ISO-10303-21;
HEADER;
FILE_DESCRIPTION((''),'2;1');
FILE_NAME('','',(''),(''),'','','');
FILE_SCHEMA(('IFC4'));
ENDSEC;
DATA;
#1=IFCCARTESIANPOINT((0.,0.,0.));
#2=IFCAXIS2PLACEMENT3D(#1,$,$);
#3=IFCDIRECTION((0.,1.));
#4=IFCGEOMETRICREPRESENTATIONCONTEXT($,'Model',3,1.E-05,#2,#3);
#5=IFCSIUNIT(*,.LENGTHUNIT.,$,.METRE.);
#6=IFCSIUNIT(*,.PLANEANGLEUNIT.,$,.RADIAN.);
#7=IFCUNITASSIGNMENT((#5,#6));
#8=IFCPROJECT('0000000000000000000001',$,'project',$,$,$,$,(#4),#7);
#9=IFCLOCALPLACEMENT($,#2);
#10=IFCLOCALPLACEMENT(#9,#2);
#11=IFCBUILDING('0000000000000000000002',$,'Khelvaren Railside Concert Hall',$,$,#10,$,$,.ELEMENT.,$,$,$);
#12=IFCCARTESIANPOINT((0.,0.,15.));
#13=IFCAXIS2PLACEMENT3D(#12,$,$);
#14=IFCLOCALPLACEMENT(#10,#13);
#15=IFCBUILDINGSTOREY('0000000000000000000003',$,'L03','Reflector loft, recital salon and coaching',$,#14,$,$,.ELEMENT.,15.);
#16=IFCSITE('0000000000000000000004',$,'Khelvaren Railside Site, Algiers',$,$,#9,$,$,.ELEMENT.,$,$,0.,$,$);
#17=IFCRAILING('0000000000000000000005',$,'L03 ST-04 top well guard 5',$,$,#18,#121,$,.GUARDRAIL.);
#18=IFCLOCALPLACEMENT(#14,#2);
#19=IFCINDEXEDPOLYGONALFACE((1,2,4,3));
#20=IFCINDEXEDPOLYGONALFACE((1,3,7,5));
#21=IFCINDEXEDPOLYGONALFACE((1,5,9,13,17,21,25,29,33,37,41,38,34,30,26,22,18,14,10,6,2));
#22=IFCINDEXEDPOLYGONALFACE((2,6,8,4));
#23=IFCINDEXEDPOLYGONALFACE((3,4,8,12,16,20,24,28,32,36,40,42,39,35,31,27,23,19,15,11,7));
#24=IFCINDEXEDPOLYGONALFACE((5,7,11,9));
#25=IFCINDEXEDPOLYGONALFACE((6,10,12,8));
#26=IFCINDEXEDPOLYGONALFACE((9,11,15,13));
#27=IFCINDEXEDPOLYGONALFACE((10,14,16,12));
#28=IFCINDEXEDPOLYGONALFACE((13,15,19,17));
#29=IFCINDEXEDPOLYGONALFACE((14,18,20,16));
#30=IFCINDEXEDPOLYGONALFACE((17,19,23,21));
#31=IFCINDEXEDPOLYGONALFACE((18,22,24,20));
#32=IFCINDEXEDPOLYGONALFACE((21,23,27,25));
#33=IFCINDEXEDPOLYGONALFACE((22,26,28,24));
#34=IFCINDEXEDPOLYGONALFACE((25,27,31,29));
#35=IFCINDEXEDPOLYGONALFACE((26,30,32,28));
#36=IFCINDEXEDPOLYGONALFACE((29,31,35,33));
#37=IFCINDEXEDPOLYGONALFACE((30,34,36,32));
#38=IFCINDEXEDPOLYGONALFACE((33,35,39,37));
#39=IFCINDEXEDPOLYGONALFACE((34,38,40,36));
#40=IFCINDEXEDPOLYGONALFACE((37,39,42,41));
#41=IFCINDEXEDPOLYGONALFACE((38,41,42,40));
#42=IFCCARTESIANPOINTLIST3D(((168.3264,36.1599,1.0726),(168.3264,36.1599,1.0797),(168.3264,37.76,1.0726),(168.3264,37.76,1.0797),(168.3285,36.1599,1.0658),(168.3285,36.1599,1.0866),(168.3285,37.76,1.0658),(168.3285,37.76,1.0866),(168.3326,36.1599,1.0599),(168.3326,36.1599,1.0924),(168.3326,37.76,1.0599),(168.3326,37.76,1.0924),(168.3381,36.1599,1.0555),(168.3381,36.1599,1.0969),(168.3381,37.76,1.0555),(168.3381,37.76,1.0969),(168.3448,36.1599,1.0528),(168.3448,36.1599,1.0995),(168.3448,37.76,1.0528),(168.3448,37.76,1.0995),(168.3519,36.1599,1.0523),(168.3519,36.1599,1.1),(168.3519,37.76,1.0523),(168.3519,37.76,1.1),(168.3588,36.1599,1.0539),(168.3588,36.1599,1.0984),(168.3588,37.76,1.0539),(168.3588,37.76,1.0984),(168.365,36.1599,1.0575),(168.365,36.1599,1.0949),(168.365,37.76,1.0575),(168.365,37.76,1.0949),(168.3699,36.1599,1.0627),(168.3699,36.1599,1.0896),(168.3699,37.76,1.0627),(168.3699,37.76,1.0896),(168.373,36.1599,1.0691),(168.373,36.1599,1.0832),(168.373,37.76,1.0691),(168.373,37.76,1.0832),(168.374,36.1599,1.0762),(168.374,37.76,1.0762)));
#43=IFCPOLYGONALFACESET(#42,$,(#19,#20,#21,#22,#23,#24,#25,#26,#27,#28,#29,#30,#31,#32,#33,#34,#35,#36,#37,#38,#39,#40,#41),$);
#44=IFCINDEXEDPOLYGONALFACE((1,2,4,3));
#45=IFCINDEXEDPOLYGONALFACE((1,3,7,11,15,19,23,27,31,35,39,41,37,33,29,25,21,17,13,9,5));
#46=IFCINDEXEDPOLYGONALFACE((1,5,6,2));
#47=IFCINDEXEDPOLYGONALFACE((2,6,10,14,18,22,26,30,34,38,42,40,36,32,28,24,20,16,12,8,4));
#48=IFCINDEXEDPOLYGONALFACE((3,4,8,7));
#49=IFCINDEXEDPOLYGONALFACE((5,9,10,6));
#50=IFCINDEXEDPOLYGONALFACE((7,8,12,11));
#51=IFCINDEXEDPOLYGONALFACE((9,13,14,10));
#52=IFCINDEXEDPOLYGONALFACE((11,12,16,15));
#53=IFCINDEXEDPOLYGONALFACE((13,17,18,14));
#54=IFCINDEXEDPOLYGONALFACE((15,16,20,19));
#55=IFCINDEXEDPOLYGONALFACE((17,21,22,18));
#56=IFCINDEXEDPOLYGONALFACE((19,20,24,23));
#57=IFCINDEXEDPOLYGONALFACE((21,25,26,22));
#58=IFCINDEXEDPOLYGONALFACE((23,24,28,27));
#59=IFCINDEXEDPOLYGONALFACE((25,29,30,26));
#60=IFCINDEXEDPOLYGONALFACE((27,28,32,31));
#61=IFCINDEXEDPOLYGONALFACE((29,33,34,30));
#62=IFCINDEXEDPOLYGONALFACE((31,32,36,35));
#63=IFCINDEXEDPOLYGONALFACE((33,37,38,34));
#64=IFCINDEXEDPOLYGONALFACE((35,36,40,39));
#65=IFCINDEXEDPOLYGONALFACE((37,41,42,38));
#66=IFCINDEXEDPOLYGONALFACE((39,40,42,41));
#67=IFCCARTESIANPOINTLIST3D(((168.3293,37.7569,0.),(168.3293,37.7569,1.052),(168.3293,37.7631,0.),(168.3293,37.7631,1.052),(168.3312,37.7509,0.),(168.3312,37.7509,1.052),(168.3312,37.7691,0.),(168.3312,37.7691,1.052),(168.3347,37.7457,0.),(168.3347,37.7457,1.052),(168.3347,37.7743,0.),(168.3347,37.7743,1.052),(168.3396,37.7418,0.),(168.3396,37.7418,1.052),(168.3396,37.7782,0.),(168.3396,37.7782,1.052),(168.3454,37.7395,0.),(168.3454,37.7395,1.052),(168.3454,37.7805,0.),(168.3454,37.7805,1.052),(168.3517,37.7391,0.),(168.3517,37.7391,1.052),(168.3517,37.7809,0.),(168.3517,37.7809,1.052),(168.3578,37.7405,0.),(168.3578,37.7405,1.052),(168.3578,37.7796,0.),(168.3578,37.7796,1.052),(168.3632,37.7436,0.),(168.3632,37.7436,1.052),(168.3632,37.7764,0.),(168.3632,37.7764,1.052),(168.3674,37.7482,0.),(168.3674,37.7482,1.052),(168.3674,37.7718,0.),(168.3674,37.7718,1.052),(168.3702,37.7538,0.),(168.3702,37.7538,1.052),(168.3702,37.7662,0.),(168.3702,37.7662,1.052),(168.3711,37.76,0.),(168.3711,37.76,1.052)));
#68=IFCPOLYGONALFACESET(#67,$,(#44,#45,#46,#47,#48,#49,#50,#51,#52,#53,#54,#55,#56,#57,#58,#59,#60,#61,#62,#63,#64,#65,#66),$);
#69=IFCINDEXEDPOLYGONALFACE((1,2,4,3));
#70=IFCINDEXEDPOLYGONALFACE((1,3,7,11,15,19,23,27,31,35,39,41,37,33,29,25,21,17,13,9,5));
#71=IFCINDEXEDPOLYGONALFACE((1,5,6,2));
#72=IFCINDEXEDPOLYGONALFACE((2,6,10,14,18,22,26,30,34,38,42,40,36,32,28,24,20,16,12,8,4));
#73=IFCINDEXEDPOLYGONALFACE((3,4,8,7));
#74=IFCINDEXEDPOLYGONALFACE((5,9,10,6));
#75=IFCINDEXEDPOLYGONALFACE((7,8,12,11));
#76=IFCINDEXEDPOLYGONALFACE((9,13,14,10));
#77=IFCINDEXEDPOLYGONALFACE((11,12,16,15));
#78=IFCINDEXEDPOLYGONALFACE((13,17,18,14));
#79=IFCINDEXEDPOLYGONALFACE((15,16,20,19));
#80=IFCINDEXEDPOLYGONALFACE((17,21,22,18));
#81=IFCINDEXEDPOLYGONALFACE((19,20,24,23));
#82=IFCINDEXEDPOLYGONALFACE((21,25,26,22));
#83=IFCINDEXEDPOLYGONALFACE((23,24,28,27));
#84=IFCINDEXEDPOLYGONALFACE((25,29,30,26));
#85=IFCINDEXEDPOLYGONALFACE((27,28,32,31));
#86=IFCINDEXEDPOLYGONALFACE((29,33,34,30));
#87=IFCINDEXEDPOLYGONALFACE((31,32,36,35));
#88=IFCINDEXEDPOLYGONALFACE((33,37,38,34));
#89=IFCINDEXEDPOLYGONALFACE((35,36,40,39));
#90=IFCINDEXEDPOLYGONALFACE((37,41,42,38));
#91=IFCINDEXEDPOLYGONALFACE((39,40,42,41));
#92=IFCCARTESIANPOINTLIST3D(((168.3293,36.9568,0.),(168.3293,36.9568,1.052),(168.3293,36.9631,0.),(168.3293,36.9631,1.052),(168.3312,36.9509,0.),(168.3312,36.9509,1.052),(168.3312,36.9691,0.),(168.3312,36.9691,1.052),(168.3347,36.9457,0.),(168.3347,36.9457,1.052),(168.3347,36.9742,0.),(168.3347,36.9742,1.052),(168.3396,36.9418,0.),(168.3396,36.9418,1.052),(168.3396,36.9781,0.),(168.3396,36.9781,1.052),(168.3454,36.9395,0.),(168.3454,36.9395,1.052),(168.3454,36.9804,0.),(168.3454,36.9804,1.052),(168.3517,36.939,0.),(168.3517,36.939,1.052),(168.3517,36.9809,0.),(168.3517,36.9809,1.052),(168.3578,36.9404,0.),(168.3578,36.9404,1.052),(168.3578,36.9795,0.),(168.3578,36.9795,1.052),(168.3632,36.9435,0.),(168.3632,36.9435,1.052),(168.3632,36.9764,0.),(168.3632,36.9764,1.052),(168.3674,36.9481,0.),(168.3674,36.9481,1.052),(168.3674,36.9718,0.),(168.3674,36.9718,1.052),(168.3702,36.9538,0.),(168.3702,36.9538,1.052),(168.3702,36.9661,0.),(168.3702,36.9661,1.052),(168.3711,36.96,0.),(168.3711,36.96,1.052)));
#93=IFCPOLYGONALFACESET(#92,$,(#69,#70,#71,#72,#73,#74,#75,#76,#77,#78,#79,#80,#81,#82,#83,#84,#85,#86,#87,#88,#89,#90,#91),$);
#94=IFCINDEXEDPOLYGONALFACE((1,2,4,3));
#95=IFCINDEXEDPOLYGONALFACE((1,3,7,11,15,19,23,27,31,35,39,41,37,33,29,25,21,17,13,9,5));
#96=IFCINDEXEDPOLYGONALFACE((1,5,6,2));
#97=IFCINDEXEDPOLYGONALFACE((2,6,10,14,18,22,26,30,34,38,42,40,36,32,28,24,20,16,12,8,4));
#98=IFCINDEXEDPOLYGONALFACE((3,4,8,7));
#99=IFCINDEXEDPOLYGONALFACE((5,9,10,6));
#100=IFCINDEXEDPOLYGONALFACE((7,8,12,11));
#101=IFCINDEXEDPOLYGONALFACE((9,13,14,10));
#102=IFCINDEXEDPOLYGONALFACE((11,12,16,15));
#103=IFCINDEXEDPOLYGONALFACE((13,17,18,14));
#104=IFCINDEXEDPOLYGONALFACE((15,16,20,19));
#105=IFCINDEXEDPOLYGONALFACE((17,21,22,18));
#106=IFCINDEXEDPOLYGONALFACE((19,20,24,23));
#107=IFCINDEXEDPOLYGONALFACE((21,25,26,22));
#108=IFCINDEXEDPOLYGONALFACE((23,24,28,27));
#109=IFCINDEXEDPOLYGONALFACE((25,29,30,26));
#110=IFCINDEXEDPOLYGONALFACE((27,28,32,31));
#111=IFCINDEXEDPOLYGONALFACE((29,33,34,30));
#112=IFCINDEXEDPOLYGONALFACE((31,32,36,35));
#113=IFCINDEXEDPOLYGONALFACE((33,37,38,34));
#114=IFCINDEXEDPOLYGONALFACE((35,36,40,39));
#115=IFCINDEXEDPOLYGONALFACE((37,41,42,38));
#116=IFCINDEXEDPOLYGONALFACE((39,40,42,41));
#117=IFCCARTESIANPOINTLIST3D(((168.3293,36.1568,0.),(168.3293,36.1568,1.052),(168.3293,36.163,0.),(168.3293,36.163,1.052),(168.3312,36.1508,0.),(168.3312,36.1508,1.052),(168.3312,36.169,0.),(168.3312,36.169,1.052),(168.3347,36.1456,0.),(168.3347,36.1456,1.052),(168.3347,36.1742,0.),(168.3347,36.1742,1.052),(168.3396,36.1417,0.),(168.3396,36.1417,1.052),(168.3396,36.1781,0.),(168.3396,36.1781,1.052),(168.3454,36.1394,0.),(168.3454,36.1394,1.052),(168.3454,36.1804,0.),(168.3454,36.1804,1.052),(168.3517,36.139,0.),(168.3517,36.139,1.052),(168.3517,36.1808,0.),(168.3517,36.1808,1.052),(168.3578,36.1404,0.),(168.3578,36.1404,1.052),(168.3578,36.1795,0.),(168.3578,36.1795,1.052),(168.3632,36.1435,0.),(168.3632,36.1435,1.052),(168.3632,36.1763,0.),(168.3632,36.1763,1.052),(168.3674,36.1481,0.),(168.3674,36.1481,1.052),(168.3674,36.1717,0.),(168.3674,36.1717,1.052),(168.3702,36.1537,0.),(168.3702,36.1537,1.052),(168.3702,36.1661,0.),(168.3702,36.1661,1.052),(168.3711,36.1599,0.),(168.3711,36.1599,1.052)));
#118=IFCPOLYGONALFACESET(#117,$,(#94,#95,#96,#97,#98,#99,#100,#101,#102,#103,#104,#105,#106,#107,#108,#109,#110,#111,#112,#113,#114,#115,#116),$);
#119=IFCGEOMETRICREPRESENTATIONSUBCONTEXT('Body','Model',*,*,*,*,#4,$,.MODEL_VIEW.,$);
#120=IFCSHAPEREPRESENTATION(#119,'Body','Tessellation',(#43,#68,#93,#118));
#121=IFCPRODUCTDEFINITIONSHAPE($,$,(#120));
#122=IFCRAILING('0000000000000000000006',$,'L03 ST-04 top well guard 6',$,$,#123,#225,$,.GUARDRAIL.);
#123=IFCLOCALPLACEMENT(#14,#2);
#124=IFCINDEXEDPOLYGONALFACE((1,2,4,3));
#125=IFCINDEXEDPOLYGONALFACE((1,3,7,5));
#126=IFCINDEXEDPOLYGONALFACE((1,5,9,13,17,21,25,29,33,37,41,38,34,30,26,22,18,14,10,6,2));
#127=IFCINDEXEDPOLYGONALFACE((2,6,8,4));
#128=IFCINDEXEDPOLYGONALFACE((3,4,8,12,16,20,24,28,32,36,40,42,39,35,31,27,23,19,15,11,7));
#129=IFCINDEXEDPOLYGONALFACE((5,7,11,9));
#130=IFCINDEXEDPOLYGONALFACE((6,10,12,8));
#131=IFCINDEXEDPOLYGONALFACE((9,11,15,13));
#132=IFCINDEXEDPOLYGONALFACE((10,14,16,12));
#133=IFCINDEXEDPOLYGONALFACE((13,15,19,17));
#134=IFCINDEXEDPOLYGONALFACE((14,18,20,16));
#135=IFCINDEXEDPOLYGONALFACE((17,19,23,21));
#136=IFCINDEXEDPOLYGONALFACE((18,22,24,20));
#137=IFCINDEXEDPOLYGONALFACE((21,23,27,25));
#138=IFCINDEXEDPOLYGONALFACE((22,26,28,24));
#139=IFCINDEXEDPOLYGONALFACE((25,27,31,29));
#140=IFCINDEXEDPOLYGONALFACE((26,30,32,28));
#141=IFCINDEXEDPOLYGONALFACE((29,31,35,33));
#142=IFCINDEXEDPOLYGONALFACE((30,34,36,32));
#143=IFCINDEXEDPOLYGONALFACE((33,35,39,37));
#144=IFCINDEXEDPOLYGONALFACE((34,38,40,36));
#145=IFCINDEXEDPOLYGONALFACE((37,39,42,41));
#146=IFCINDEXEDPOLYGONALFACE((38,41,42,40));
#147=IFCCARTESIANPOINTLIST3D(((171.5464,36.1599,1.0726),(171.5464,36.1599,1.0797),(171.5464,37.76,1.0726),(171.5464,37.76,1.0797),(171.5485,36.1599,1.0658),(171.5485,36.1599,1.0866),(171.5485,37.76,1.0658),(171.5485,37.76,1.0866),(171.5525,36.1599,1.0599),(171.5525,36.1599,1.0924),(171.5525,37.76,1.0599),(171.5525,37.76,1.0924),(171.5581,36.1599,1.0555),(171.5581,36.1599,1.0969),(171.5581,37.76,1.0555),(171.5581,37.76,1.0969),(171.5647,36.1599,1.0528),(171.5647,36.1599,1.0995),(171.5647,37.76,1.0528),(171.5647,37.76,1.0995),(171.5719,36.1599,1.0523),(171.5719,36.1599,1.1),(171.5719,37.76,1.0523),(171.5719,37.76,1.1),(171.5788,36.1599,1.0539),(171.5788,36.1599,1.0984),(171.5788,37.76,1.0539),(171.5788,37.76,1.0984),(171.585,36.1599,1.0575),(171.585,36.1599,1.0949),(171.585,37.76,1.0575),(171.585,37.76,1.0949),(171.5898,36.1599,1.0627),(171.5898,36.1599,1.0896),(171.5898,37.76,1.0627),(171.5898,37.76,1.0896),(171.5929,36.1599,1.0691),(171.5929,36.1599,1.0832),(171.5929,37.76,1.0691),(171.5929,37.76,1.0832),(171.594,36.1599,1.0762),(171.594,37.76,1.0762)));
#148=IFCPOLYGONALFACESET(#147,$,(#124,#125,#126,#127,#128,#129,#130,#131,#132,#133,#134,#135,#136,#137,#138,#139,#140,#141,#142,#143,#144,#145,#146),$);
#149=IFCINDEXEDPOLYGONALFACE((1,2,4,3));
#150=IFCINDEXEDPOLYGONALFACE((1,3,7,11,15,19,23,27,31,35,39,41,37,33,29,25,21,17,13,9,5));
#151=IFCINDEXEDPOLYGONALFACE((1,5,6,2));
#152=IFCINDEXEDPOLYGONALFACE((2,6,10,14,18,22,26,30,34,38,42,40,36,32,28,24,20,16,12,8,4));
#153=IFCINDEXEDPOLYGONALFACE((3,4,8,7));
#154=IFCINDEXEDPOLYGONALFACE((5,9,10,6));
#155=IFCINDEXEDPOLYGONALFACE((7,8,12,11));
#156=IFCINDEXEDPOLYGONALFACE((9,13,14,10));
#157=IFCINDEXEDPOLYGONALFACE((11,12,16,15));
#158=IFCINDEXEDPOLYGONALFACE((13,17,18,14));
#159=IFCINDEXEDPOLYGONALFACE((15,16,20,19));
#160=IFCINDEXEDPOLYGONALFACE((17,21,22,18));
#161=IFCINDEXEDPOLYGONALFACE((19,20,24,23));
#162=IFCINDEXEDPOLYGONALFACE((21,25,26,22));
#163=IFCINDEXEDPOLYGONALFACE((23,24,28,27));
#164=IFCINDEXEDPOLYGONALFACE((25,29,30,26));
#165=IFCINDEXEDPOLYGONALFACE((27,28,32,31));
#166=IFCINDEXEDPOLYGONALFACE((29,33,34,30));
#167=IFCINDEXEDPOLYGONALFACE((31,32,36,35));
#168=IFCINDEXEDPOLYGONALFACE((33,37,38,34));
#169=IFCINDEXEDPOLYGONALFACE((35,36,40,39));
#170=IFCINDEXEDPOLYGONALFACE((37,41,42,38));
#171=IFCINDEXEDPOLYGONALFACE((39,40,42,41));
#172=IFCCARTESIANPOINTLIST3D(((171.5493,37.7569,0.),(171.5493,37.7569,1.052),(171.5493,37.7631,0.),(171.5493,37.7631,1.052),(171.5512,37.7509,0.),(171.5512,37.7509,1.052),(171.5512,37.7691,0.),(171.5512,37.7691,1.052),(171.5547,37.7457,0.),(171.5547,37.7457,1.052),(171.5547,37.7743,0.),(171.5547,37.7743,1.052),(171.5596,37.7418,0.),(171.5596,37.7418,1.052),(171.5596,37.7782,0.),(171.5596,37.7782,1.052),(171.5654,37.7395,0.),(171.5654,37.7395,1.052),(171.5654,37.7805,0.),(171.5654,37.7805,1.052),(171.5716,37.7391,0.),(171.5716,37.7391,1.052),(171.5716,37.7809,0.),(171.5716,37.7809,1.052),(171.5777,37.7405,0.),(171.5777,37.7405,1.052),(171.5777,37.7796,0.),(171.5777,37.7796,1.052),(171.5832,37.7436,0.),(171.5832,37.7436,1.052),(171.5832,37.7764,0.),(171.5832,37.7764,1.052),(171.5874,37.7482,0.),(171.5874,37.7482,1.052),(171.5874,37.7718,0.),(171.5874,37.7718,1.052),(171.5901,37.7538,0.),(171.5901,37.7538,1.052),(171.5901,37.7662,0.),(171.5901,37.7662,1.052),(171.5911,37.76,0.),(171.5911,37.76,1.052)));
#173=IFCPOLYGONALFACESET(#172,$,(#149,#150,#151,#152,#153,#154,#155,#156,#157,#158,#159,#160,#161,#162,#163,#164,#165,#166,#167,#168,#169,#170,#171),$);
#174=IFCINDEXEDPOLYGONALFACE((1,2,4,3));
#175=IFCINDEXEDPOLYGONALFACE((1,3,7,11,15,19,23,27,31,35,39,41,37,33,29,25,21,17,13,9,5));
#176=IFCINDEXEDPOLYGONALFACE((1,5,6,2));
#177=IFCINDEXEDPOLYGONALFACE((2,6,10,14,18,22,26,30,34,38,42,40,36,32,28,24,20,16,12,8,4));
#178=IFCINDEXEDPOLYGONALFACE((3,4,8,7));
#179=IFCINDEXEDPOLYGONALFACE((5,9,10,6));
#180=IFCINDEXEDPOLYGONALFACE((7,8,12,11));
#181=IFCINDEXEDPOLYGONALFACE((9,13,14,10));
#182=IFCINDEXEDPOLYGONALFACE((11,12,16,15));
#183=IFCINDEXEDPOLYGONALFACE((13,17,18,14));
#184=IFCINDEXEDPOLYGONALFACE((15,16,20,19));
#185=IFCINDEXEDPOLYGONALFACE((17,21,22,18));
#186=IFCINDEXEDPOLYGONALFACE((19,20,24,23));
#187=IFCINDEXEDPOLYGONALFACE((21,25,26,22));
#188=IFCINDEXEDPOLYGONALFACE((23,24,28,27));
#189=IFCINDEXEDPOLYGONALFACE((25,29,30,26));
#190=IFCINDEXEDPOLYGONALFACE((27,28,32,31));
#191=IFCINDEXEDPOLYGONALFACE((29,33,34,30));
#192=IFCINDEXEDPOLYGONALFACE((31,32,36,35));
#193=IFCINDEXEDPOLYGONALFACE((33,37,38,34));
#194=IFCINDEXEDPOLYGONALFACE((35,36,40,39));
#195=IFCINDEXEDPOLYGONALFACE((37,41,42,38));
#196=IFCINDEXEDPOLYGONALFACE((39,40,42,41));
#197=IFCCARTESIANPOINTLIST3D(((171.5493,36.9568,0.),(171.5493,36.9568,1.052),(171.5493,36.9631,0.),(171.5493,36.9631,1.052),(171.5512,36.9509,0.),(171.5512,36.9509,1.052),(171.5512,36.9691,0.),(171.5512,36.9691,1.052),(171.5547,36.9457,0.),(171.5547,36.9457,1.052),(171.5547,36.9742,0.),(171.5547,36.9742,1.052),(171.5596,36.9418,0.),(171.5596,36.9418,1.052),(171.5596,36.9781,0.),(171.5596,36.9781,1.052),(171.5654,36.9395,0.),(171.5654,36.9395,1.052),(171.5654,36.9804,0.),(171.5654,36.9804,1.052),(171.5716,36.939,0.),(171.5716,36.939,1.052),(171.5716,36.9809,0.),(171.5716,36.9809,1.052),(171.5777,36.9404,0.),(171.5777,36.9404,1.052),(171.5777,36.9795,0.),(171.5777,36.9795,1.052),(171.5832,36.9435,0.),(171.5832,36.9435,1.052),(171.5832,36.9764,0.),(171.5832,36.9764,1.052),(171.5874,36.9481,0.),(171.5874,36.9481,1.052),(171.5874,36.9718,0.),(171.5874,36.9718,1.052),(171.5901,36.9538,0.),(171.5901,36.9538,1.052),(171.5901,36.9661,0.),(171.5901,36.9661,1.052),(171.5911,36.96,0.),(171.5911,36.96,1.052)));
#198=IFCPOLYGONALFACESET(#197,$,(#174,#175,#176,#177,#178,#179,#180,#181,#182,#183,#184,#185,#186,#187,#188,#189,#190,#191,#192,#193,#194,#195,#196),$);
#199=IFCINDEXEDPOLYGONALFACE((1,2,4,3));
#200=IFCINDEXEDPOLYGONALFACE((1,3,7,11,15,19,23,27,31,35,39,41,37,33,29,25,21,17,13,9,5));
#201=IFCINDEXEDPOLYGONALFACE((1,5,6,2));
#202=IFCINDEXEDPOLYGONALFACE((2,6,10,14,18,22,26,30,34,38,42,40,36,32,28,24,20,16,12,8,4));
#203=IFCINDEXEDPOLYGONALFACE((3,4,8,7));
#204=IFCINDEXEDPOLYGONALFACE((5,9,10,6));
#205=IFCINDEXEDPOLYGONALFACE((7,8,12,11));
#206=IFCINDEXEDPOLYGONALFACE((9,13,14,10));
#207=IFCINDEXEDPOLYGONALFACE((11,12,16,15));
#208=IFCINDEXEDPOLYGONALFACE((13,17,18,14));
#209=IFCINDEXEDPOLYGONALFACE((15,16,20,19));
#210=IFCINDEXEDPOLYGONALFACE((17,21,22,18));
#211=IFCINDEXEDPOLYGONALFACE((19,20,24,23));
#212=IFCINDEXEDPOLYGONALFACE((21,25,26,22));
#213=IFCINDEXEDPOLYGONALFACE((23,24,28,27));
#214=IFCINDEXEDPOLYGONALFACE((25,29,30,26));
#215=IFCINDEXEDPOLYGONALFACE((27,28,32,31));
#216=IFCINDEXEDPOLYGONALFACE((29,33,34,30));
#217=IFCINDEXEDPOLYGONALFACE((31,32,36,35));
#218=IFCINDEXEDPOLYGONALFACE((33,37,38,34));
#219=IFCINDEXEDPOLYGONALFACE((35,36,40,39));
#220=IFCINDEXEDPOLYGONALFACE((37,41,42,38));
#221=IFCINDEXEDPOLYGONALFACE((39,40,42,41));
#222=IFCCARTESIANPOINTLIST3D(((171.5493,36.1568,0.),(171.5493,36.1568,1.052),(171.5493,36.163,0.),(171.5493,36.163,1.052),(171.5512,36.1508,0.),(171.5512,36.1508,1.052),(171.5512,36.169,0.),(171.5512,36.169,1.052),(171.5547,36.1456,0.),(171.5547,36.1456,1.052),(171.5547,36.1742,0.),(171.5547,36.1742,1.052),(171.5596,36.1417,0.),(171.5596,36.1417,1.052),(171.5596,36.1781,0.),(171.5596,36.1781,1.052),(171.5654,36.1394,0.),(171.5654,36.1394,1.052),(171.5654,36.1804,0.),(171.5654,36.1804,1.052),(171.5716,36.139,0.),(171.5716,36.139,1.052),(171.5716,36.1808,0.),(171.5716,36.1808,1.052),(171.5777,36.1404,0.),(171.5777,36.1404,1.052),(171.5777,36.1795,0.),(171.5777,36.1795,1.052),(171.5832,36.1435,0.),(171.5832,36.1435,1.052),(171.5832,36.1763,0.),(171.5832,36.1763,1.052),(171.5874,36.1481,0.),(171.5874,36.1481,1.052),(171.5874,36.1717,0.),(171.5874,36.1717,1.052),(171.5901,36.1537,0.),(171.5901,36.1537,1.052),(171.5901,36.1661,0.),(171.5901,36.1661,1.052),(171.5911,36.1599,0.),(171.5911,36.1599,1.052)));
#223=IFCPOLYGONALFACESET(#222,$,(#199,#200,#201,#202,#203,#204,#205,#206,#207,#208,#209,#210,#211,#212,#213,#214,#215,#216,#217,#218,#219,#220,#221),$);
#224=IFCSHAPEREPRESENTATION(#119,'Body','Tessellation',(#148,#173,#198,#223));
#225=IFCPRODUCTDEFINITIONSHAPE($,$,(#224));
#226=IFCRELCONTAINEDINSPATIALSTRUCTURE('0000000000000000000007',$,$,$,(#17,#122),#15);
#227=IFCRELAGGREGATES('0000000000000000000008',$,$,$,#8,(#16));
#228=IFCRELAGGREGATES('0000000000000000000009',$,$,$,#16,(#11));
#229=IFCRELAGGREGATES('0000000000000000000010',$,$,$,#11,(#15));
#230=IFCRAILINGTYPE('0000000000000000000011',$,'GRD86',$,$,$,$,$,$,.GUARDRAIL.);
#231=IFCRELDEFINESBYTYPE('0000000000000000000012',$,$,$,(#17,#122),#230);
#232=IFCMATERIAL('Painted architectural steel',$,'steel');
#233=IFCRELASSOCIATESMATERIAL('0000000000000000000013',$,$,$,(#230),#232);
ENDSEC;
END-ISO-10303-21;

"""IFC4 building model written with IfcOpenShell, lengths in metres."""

from ifc_helpers import new_model, si_unit, direction, frame, origin, origin_2d, place, context, subcontext, project, spatial, circle, extrude, material, type_object, element, save


model = new_model("IFC4")

# Units and contexts
model_context = context("Model", 3, precision=1e-05, world=origin(), true_north=direction((0.0, 1.0)))
body_context = subcontext(model_context, "Body", "Model", "MODEL_VIEW")
ifc_project = project(units=[si_unit("LENGTHUNIT", "METRE"), si_unit("PLANEANGLEUNIT", "RADIAN")], contexts=[model_context])

# Site, building, storey
site_placement = place(None, origin())
site = spatial("IfcSite", under=ifc_project, at=site_placement, Name="Khelvaren Railside Site, Algiers", CompositionType="ELEMENT", RefElevation=0.0)
building_placement = place(site_placement, origin())
building = spatial("IfcBuilding", under=site, at=building_placement, Name="Khelvaren Railside Concert Hall", CompositionType="ELEMENT")
storey_placement = place(building_placement, frame((0.0, 0.0, 15.0)))
storey = spatial("IfcBuildingStorey", under=building, at=storey_placement, Name="L03", Description="Reflector loft, recital salon and coaching", CompositionType="ELEMENT", Elevation=15.0)

# Railings
ifc_material_1 = material(Name="Painted architectural steel", Category="steel")
railing_type = type_object("IfcRailingType", Name="GRD86", PredefinedType="GUARDRAIL", material=ifc_material_1)
for number, where, name in (
    (1, (168.3501, 37.76, 0.0), "L03 ST-04 top well guard 5"),
    (2, (171.5701, 37.76, 0.0), "L03 ST-04 top well guard 6"),
):
    element("IfcRailing", number, at=place(storey_placement, frame(where)), inside=storey, type_object=railing_type, Name=name, PredefinedType="GUARDRAIL", context=body_context, shape_type="SweptSolid", body=[
        extrude(circle(Radius=0.0239, at=origin_2d()), frame((0.0, 0.0, 1.0762), z_axis=(0.0, -1.0, 0.0), x_axis=(1.0, 0.0, 0.0)), (0.0, 0.0, 1.0), 1.6001),
        extrude(circle(Radius=0.021, at=origin_2d()), origin(), (0.0, 0.0, 1.0), 1.052),
        extrude(circle(Radius=0.021, at=origin_2d()), frame((0.0, -0.8, 0.0)), (0.0, 0.0, 1.0), 1.052),
        extrude(circle(Radius=0.021, at=origin_2d()), frame((0.0, -1.6001, 0.0)), (0.0, 0.0, 1.0), 1.052),
    ])

save(model, "model.ifc")
